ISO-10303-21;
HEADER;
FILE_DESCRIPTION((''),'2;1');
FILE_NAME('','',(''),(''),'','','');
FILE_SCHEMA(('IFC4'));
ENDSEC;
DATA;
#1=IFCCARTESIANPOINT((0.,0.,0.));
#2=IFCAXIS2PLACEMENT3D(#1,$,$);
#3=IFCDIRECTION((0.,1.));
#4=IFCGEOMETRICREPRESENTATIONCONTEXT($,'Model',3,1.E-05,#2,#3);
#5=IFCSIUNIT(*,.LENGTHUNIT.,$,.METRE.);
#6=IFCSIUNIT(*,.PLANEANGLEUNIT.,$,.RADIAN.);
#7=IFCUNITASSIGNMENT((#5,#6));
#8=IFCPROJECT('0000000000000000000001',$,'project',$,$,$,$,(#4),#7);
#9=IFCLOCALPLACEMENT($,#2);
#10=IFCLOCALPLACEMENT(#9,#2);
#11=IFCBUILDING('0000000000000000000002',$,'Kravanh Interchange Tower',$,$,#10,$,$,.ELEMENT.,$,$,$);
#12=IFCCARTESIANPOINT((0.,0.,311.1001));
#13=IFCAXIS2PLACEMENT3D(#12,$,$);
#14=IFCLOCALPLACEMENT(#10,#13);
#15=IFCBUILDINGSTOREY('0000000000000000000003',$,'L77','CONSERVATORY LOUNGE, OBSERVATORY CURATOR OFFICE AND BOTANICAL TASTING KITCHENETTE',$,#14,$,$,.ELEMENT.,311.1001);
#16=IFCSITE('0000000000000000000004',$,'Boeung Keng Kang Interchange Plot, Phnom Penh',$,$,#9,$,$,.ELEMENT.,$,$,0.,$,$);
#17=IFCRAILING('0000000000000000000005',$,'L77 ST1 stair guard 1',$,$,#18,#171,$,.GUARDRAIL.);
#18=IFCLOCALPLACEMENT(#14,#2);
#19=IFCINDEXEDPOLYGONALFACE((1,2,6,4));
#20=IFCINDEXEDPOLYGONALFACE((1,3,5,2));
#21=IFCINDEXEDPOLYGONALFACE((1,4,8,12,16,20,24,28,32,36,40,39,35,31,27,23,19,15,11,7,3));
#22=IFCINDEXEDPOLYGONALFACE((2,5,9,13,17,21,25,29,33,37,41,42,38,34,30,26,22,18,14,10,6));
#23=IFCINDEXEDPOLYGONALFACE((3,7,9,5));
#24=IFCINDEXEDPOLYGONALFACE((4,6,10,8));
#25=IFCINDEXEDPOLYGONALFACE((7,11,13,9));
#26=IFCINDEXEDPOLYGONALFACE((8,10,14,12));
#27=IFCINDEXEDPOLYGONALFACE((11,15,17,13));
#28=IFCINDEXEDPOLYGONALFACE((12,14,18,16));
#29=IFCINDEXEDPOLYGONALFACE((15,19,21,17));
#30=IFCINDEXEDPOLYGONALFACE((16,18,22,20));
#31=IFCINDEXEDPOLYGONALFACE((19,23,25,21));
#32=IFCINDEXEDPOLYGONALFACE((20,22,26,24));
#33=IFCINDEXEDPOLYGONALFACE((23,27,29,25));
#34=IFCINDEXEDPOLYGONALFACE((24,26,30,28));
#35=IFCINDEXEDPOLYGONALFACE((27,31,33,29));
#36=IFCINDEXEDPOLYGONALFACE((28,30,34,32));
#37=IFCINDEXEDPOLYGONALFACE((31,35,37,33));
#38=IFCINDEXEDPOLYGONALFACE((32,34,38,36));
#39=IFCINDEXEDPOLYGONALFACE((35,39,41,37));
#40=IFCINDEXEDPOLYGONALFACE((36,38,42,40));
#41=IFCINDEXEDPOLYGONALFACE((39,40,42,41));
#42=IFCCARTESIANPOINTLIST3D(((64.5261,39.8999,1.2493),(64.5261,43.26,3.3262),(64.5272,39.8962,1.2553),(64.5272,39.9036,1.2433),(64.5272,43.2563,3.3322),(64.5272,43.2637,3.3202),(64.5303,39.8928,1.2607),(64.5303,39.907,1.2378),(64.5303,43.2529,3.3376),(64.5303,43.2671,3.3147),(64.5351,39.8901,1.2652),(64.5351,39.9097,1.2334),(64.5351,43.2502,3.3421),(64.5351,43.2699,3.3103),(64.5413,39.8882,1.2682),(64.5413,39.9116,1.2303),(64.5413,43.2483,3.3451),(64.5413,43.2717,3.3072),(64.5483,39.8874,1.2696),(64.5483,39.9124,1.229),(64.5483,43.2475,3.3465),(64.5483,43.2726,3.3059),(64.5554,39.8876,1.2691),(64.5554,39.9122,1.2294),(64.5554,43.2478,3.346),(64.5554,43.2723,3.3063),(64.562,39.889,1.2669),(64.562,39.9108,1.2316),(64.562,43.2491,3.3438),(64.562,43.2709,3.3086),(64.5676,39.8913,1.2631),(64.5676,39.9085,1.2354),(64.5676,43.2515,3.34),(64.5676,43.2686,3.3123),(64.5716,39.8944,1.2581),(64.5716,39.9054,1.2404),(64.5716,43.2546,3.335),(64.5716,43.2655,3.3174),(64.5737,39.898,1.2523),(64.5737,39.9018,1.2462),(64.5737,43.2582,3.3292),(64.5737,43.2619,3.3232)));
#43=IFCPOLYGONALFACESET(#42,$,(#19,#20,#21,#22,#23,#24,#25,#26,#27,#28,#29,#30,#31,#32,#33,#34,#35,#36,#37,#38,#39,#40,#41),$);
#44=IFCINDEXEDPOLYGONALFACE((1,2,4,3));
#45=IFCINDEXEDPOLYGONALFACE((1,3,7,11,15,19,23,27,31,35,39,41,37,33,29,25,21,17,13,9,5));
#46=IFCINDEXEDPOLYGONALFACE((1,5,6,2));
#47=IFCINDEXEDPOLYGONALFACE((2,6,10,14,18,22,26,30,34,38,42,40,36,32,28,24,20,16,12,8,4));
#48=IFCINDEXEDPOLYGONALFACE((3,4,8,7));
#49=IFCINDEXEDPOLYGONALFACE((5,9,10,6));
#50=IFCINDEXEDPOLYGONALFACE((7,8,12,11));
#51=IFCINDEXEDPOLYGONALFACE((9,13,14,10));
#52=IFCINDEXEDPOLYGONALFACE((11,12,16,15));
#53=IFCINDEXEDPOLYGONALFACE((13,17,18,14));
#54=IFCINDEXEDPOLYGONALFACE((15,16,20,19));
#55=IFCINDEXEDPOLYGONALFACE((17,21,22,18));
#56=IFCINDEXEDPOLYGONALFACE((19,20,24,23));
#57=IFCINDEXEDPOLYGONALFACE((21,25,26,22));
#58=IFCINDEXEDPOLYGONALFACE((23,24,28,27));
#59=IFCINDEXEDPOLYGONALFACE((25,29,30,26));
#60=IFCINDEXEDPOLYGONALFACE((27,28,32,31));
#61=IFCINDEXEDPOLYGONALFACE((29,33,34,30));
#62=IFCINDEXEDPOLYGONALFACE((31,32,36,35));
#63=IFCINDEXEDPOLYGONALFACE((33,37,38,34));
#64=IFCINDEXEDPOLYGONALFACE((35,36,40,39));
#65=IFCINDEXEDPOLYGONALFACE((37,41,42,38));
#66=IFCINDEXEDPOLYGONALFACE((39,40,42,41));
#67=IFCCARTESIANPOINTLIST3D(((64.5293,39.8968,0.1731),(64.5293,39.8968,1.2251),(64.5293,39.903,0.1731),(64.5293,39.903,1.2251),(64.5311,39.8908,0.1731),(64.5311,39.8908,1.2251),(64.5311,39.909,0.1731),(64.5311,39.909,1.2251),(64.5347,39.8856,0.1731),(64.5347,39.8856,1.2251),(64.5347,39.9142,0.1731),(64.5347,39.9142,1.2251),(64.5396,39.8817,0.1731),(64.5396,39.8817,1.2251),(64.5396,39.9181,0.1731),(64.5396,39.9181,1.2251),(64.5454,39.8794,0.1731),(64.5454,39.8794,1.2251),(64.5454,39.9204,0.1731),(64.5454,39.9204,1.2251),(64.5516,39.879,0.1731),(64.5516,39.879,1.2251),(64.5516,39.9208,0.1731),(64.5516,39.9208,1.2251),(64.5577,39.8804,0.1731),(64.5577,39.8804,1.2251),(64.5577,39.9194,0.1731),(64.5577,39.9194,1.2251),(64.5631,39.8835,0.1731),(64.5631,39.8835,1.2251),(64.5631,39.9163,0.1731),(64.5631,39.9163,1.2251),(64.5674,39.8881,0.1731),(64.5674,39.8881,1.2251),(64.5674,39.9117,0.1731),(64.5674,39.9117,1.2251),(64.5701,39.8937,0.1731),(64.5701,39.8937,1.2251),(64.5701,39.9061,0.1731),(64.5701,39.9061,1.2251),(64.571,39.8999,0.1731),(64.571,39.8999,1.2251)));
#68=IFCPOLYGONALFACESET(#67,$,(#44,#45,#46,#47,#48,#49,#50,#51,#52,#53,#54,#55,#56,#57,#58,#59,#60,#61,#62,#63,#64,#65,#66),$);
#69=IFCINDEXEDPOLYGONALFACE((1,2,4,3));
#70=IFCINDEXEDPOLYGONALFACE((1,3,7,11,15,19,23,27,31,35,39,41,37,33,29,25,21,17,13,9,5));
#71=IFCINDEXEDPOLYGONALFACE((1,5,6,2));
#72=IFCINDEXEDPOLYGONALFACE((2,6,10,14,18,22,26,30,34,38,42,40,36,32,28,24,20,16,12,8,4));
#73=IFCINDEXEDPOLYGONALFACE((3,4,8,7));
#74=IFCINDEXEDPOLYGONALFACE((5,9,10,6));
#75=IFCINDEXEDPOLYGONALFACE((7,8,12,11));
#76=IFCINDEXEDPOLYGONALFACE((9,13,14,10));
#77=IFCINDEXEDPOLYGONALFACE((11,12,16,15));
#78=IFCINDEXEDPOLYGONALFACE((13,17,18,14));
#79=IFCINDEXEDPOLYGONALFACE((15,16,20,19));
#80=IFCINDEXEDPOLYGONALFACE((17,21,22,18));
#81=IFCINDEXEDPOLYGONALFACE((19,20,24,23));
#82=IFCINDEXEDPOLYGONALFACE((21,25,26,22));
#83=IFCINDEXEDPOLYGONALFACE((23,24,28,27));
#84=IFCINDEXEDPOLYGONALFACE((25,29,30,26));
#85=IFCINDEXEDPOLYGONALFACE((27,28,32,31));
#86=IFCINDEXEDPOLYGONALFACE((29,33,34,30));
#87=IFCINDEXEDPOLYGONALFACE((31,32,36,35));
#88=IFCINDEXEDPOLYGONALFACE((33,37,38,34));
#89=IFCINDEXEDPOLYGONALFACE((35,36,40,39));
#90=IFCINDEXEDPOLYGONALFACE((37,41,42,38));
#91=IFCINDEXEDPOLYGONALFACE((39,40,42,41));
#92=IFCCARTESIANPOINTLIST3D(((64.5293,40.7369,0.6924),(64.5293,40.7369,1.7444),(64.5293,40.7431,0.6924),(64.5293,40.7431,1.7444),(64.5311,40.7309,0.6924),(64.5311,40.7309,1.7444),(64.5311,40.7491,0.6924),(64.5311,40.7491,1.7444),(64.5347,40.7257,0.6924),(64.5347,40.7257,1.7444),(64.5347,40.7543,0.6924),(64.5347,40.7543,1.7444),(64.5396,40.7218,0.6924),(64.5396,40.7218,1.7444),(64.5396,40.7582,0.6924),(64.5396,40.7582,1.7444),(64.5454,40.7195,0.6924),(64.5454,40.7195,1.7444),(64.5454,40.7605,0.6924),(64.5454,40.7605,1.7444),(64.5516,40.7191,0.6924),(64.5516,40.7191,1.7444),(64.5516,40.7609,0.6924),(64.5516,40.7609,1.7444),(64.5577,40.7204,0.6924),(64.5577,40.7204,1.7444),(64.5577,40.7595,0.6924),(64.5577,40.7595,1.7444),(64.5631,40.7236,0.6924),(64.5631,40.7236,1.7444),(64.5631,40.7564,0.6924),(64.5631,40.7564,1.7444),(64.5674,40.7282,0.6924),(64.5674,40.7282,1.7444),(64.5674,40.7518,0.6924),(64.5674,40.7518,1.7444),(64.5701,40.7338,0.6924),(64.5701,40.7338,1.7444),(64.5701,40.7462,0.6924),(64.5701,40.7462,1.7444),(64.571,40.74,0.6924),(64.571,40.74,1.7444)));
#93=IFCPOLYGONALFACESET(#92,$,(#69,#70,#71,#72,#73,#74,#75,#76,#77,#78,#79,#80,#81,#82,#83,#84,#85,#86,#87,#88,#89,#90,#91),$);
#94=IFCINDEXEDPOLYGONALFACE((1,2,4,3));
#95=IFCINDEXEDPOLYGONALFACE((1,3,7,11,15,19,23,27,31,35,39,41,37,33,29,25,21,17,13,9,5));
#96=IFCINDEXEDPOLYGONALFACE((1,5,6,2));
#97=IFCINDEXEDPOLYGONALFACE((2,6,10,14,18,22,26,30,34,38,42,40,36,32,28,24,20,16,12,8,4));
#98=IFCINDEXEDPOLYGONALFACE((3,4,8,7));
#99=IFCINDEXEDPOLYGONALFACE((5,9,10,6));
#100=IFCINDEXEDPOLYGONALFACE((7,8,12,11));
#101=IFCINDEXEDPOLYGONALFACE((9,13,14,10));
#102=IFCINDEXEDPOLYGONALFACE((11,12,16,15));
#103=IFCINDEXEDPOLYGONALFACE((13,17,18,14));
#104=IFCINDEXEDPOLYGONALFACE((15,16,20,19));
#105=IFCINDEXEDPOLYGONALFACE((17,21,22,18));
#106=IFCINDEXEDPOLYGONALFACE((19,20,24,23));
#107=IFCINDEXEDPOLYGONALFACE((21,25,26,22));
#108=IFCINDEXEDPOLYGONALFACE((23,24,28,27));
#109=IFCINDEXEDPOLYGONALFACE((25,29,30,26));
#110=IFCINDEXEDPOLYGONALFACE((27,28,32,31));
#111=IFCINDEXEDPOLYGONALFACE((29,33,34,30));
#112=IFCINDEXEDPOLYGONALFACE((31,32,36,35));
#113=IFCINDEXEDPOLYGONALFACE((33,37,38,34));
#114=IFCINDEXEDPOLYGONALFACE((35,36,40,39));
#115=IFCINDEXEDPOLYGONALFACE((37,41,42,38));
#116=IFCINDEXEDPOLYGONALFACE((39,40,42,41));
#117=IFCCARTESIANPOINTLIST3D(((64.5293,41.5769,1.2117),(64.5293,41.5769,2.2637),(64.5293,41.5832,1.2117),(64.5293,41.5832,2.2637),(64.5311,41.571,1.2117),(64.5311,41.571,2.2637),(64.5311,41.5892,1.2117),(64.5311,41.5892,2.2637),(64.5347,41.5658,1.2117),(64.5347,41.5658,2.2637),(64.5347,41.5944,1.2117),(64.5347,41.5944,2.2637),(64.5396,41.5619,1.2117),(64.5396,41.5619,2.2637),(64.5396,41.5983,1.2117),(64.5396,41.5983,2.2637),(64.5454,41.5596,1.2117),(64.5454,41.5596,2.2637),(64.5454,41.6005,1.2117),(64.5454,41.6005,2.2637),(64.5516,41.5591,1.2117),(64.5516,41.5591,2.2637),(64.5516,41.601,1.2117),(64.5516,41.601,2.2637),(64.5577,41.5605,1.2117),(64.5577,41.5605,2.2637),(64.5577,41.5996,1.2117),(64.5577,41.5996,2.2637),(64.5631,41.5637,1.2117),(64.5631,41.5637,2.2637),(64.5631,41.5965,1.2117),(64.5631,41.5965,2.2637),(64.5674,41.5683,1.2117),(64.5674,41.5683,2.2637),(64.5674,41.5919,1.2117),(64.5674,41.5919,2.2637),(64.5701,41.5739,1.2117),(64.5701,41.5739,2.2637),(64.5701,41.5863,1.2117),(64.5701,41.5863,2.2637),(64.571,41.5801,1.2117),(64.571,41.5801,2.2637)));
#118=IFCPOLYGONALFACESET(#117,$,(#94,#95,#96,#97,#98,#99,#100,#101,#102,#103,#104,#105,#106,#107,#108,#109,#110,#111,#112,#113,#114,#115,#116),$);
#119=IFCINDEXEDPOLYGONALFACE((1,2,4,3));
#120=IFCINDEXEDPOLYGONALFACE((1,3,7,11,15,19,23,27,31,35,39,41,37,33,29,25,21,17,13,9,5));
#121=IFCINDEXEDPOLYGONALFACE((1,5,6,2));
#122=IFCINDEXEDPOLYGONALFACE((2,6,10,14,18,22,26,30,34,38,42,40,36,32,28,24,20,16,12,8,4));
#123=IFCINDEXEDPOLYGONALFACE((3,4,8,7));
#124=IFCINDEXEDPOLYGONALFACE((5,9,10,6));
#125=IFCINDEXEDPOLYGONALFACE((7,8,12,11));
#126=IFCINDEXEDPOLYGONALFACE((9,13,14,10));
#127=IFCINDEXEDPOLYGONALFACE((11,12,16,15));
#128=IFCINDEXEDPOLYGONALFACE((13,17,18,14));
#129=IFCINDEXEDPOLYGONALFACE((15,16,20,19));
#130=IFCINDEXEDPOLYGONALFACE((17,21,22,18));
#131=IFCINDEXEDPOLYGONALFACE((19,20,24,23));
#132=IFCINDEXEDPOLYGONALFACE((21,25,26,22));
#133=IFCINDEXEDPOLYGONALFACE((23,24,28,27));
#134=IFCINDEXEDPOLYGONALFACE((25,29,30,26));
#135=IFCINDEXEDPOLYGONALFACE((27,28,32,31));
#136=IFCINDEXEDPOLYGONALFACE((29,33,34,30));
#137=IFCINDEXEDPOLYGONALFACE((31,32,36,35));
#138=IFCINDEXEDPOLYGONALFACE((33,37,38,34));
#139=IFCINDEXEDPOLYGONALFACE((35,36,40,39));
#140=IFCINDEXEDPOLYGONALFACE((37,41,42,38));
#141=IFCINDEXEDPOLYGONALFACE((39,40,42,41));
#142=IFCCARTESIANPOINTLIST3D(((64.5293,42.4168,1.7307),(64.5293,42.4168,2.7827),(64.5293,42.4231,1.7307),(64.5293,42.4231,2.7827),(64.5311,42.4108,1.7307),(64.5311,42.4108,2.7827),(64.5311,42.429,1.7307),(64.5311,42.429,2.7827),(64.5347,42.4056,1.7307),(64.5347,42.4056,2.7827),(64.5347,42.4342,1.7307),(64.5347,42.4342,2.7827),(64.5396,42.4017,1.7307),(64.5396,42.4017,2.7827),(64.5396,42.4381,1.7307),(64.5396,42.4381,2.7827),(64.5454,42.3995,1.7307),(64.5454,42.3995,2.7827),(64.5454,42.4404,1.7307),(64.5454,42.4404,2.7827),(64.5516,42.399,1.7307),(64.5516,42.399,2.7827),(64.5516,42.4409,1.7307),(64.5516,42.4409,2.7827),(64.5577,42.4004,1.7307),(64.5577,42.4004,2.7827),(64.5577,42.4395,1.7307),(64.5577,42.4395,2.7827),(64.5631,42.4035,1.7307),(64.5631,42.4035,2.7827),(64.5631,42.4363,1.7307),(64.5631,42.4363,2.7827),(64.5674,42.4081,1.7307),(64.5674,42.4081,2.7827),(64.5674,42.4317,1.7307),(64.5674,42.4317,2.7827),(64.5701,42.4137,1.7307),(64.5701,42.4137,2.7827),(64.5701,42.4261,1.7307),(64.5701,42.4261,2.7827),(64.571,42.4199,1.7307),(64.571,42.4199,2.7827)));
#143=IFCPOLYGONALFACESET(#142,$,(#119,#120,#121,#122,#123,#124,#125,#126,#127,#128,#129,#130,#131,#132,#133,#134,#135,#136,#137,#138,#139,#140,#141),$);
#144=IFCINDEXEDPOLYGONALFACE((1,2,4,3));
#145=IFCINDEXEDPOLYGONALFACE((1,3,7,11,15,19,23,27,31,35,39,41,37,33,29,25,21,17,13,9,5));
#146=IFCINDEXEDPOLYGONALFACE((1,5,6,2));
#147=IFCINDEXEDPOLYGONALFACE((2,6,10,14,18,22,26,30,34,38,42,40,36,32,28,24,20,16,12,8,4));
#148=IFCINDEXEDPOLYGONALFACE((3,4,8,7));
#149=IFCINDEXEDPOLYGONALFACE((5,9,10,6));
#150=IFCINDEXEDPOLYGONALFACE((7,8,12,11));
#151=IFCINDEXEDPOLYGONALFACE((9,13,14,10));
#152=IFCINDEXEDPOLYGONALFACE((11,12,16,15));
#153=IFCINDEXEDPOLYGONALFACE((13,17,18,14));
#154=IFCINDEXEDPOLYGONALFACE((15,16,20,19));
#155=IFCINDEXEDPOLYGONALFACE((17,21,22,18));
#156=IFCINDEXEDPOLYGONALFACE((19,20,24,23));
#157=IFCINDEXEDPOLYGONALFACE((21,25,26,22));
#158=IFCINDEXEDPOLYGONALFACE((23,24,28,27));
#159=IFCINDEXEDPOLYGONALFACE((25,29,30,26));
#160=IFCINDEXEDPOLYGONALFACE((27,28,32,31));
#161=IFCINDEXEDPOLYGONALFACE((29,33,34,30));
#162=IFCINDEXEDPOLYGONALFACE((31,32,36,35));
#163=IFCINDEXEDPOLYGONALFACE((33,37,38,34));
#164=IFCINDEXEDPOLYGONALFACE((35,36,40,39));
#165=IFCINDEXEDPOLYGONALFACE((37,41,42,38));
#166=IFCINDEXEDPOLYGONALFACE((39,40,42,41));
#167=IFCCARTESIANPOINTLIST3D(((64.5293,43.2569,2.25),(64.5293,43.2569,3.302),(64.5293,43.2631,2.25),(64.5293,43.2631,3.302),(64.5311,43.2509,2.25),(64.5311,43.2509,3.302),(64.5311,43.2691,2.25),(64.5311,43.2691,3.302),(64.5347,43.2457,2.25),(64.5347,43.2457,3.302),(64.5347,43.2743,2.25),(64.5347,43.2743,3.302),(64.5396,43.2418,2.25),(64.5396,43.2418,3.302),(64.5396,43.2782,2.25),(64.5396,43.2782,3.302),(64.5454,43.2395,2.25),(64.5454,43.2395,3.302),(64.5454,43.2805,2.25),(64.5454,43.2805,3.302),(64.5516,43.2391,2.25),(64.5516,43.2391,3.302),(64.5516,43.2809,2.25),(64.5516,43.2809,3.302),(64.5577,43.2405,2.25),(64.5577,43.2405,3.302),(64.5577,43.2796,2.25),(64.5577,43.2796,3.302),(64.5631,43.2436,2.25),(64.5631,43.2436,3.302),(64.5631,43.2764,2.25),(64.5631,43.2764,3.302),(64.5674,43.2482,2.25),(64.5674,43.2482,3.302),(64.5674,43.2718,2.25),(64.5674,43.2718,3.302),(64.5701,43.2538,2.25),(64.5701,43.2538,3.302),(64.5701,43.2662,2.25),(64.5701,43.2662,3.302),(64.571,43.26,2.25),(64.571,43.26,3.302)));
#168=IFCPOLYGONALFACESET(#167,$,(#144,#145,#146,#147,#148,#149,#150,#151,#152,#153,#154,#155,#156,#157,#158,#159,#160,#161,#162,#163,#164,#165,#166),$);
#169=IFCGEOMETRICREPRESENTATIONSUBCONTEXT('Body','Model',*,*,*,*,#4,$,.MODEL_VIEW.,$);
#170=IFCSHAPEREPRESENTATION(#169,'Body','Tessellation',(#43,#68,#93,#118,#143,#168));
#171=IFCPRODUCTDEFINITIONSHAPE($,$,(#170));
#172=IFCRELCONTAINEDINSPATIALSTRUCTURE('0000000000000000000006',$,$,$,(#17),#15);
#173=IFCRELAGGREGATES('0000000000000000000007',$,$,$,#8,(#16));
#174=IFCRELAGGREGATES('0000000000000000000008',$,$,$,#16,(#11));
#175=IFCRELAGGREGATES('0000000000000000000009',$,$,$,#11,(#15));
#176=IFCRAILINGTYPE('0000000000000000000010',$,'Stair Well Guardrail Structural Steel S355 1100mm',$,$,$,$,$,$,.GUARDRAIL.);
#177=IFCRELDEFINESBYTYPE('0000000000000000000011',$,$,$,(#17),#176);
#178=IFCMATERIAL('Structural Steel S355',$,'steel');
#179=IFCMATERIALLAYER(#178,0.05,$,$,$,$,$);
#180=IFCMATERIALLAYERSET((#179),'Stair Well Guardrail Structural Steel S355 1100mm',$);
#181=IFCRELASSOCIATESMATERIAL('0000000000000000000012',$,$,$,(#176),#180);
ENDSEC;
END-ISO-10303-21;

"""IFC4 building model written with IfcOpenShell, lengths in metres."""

from ifc_helpers import new_model, si_unit, direction, frame, origin, origin_2d, place, context, subcontext, project, spatial, circle, extrude, material, layer, layer_set, type_object, element, save


model = new_model("IFC4")

# Units and contexts
model_context = context("Model", 3, precision=1e-05, world=origin(), true_north=direction((0.0, 1.0)))
body_context = subcontext(model_context, "Body", "Model", "MODEL_VIEW")
ifc_project = project(units=[si_unit("LENGTHUNIT", "METRE"), si_unit("PLANEANGLEUNIT", "RADIAN")], contexts=[model_context])

# Site, building, storey
site_placement = place(None, origin())
site = spatial("IfcSite", under=ifc_project, at=site_placement, Name="Boeung Keng Kang Interchange Plot, Phnom Penh", CompositionType="ELEMENT", RefElevation=0.0)
building_placement = place(site_placement, origin())
building = spatial("IfcBuilding", under=site, at=building_placement, Name="Kravanh Interchange Tower", CompositionType="ELEMENT")
storey_placement = place(building_placement, frame((0.0, 0.0, 311.1001)))
storey = spatial("IfcBuildingStorey", under=building, at=storey_placement, Name="L77", Description="CONSERVATORY LOUNGE, OBSERVATORY CURATOR OFFICE AND BOTANICAL TASTING KITCHENETTE", CompositionType="ELEMENT", Elevation=311.1001)

# Railing
ifc_material_1 = material(Name="Structural Steel S355", Category="steel")
ifc_layer_1 = layer(ifc_material_1, 0.05)
ifc_layer_set_1 = layer_set([ifc_layer_1], Name="Stair Well Guardrail Structural Steel S355 1100mm")
railing_type_1 = type_object("IfcRailingType", Name="Stair Well Guardrail Structural Steel S355 1100mm", PredefinedType="GUARDRAIL", material=ifc_layer_set_1)
railing_1_placement = place(storey_placement, frame((64.55, 39.8999, 0.1731)))
element("IfcRailing", 1, at=railing_1_placement, inside=storey, type_object=railing_type_1, Name="L77 ST1 stair guard 1", PredefinedType="GUARDRAIL", context=body_context, shape_type="SweptSolid", body=[
    extrude(circle(Radius=0.0239, at=origin_2d()), frame((0.0, 0.0, 1.0762), z_axis=(0.0, 0.850623, 0.525776), x_axis=(-1.0, 0.0, 0.0)), (0.0, 0.0, 1.0), 3.9502),
    extrude(circle(Radius=0.021, at=origin_2d()), origin(), (0.0, 0.0, 1.0), 1.052),
    extrude(circle(Radius=0.021, at=origin_2d()), frame((0.0, 0.8401, 0.5193)), (0.0, 0.0, 1.0), 1.052),
    extrude(circle(Radius=0.021, at=origin_2d()), frame((0.0, 1.6802, 1.0386)), (0.0, 0.0, 1.0), 1.052),
    extrude(circle(Radius=0.021, at=origin_2d()), frame((0.0, 2.52, 1.5576)), (0.0, 0.0, 1.0), 1.052),
    extrude(circle(Radius=0.021, at=origin_2d()), frame((0.0, 3.3601, 2.0769)), (0.0, 0.0, 1.0), 1.052),
])

save(model, "model.ifc")
